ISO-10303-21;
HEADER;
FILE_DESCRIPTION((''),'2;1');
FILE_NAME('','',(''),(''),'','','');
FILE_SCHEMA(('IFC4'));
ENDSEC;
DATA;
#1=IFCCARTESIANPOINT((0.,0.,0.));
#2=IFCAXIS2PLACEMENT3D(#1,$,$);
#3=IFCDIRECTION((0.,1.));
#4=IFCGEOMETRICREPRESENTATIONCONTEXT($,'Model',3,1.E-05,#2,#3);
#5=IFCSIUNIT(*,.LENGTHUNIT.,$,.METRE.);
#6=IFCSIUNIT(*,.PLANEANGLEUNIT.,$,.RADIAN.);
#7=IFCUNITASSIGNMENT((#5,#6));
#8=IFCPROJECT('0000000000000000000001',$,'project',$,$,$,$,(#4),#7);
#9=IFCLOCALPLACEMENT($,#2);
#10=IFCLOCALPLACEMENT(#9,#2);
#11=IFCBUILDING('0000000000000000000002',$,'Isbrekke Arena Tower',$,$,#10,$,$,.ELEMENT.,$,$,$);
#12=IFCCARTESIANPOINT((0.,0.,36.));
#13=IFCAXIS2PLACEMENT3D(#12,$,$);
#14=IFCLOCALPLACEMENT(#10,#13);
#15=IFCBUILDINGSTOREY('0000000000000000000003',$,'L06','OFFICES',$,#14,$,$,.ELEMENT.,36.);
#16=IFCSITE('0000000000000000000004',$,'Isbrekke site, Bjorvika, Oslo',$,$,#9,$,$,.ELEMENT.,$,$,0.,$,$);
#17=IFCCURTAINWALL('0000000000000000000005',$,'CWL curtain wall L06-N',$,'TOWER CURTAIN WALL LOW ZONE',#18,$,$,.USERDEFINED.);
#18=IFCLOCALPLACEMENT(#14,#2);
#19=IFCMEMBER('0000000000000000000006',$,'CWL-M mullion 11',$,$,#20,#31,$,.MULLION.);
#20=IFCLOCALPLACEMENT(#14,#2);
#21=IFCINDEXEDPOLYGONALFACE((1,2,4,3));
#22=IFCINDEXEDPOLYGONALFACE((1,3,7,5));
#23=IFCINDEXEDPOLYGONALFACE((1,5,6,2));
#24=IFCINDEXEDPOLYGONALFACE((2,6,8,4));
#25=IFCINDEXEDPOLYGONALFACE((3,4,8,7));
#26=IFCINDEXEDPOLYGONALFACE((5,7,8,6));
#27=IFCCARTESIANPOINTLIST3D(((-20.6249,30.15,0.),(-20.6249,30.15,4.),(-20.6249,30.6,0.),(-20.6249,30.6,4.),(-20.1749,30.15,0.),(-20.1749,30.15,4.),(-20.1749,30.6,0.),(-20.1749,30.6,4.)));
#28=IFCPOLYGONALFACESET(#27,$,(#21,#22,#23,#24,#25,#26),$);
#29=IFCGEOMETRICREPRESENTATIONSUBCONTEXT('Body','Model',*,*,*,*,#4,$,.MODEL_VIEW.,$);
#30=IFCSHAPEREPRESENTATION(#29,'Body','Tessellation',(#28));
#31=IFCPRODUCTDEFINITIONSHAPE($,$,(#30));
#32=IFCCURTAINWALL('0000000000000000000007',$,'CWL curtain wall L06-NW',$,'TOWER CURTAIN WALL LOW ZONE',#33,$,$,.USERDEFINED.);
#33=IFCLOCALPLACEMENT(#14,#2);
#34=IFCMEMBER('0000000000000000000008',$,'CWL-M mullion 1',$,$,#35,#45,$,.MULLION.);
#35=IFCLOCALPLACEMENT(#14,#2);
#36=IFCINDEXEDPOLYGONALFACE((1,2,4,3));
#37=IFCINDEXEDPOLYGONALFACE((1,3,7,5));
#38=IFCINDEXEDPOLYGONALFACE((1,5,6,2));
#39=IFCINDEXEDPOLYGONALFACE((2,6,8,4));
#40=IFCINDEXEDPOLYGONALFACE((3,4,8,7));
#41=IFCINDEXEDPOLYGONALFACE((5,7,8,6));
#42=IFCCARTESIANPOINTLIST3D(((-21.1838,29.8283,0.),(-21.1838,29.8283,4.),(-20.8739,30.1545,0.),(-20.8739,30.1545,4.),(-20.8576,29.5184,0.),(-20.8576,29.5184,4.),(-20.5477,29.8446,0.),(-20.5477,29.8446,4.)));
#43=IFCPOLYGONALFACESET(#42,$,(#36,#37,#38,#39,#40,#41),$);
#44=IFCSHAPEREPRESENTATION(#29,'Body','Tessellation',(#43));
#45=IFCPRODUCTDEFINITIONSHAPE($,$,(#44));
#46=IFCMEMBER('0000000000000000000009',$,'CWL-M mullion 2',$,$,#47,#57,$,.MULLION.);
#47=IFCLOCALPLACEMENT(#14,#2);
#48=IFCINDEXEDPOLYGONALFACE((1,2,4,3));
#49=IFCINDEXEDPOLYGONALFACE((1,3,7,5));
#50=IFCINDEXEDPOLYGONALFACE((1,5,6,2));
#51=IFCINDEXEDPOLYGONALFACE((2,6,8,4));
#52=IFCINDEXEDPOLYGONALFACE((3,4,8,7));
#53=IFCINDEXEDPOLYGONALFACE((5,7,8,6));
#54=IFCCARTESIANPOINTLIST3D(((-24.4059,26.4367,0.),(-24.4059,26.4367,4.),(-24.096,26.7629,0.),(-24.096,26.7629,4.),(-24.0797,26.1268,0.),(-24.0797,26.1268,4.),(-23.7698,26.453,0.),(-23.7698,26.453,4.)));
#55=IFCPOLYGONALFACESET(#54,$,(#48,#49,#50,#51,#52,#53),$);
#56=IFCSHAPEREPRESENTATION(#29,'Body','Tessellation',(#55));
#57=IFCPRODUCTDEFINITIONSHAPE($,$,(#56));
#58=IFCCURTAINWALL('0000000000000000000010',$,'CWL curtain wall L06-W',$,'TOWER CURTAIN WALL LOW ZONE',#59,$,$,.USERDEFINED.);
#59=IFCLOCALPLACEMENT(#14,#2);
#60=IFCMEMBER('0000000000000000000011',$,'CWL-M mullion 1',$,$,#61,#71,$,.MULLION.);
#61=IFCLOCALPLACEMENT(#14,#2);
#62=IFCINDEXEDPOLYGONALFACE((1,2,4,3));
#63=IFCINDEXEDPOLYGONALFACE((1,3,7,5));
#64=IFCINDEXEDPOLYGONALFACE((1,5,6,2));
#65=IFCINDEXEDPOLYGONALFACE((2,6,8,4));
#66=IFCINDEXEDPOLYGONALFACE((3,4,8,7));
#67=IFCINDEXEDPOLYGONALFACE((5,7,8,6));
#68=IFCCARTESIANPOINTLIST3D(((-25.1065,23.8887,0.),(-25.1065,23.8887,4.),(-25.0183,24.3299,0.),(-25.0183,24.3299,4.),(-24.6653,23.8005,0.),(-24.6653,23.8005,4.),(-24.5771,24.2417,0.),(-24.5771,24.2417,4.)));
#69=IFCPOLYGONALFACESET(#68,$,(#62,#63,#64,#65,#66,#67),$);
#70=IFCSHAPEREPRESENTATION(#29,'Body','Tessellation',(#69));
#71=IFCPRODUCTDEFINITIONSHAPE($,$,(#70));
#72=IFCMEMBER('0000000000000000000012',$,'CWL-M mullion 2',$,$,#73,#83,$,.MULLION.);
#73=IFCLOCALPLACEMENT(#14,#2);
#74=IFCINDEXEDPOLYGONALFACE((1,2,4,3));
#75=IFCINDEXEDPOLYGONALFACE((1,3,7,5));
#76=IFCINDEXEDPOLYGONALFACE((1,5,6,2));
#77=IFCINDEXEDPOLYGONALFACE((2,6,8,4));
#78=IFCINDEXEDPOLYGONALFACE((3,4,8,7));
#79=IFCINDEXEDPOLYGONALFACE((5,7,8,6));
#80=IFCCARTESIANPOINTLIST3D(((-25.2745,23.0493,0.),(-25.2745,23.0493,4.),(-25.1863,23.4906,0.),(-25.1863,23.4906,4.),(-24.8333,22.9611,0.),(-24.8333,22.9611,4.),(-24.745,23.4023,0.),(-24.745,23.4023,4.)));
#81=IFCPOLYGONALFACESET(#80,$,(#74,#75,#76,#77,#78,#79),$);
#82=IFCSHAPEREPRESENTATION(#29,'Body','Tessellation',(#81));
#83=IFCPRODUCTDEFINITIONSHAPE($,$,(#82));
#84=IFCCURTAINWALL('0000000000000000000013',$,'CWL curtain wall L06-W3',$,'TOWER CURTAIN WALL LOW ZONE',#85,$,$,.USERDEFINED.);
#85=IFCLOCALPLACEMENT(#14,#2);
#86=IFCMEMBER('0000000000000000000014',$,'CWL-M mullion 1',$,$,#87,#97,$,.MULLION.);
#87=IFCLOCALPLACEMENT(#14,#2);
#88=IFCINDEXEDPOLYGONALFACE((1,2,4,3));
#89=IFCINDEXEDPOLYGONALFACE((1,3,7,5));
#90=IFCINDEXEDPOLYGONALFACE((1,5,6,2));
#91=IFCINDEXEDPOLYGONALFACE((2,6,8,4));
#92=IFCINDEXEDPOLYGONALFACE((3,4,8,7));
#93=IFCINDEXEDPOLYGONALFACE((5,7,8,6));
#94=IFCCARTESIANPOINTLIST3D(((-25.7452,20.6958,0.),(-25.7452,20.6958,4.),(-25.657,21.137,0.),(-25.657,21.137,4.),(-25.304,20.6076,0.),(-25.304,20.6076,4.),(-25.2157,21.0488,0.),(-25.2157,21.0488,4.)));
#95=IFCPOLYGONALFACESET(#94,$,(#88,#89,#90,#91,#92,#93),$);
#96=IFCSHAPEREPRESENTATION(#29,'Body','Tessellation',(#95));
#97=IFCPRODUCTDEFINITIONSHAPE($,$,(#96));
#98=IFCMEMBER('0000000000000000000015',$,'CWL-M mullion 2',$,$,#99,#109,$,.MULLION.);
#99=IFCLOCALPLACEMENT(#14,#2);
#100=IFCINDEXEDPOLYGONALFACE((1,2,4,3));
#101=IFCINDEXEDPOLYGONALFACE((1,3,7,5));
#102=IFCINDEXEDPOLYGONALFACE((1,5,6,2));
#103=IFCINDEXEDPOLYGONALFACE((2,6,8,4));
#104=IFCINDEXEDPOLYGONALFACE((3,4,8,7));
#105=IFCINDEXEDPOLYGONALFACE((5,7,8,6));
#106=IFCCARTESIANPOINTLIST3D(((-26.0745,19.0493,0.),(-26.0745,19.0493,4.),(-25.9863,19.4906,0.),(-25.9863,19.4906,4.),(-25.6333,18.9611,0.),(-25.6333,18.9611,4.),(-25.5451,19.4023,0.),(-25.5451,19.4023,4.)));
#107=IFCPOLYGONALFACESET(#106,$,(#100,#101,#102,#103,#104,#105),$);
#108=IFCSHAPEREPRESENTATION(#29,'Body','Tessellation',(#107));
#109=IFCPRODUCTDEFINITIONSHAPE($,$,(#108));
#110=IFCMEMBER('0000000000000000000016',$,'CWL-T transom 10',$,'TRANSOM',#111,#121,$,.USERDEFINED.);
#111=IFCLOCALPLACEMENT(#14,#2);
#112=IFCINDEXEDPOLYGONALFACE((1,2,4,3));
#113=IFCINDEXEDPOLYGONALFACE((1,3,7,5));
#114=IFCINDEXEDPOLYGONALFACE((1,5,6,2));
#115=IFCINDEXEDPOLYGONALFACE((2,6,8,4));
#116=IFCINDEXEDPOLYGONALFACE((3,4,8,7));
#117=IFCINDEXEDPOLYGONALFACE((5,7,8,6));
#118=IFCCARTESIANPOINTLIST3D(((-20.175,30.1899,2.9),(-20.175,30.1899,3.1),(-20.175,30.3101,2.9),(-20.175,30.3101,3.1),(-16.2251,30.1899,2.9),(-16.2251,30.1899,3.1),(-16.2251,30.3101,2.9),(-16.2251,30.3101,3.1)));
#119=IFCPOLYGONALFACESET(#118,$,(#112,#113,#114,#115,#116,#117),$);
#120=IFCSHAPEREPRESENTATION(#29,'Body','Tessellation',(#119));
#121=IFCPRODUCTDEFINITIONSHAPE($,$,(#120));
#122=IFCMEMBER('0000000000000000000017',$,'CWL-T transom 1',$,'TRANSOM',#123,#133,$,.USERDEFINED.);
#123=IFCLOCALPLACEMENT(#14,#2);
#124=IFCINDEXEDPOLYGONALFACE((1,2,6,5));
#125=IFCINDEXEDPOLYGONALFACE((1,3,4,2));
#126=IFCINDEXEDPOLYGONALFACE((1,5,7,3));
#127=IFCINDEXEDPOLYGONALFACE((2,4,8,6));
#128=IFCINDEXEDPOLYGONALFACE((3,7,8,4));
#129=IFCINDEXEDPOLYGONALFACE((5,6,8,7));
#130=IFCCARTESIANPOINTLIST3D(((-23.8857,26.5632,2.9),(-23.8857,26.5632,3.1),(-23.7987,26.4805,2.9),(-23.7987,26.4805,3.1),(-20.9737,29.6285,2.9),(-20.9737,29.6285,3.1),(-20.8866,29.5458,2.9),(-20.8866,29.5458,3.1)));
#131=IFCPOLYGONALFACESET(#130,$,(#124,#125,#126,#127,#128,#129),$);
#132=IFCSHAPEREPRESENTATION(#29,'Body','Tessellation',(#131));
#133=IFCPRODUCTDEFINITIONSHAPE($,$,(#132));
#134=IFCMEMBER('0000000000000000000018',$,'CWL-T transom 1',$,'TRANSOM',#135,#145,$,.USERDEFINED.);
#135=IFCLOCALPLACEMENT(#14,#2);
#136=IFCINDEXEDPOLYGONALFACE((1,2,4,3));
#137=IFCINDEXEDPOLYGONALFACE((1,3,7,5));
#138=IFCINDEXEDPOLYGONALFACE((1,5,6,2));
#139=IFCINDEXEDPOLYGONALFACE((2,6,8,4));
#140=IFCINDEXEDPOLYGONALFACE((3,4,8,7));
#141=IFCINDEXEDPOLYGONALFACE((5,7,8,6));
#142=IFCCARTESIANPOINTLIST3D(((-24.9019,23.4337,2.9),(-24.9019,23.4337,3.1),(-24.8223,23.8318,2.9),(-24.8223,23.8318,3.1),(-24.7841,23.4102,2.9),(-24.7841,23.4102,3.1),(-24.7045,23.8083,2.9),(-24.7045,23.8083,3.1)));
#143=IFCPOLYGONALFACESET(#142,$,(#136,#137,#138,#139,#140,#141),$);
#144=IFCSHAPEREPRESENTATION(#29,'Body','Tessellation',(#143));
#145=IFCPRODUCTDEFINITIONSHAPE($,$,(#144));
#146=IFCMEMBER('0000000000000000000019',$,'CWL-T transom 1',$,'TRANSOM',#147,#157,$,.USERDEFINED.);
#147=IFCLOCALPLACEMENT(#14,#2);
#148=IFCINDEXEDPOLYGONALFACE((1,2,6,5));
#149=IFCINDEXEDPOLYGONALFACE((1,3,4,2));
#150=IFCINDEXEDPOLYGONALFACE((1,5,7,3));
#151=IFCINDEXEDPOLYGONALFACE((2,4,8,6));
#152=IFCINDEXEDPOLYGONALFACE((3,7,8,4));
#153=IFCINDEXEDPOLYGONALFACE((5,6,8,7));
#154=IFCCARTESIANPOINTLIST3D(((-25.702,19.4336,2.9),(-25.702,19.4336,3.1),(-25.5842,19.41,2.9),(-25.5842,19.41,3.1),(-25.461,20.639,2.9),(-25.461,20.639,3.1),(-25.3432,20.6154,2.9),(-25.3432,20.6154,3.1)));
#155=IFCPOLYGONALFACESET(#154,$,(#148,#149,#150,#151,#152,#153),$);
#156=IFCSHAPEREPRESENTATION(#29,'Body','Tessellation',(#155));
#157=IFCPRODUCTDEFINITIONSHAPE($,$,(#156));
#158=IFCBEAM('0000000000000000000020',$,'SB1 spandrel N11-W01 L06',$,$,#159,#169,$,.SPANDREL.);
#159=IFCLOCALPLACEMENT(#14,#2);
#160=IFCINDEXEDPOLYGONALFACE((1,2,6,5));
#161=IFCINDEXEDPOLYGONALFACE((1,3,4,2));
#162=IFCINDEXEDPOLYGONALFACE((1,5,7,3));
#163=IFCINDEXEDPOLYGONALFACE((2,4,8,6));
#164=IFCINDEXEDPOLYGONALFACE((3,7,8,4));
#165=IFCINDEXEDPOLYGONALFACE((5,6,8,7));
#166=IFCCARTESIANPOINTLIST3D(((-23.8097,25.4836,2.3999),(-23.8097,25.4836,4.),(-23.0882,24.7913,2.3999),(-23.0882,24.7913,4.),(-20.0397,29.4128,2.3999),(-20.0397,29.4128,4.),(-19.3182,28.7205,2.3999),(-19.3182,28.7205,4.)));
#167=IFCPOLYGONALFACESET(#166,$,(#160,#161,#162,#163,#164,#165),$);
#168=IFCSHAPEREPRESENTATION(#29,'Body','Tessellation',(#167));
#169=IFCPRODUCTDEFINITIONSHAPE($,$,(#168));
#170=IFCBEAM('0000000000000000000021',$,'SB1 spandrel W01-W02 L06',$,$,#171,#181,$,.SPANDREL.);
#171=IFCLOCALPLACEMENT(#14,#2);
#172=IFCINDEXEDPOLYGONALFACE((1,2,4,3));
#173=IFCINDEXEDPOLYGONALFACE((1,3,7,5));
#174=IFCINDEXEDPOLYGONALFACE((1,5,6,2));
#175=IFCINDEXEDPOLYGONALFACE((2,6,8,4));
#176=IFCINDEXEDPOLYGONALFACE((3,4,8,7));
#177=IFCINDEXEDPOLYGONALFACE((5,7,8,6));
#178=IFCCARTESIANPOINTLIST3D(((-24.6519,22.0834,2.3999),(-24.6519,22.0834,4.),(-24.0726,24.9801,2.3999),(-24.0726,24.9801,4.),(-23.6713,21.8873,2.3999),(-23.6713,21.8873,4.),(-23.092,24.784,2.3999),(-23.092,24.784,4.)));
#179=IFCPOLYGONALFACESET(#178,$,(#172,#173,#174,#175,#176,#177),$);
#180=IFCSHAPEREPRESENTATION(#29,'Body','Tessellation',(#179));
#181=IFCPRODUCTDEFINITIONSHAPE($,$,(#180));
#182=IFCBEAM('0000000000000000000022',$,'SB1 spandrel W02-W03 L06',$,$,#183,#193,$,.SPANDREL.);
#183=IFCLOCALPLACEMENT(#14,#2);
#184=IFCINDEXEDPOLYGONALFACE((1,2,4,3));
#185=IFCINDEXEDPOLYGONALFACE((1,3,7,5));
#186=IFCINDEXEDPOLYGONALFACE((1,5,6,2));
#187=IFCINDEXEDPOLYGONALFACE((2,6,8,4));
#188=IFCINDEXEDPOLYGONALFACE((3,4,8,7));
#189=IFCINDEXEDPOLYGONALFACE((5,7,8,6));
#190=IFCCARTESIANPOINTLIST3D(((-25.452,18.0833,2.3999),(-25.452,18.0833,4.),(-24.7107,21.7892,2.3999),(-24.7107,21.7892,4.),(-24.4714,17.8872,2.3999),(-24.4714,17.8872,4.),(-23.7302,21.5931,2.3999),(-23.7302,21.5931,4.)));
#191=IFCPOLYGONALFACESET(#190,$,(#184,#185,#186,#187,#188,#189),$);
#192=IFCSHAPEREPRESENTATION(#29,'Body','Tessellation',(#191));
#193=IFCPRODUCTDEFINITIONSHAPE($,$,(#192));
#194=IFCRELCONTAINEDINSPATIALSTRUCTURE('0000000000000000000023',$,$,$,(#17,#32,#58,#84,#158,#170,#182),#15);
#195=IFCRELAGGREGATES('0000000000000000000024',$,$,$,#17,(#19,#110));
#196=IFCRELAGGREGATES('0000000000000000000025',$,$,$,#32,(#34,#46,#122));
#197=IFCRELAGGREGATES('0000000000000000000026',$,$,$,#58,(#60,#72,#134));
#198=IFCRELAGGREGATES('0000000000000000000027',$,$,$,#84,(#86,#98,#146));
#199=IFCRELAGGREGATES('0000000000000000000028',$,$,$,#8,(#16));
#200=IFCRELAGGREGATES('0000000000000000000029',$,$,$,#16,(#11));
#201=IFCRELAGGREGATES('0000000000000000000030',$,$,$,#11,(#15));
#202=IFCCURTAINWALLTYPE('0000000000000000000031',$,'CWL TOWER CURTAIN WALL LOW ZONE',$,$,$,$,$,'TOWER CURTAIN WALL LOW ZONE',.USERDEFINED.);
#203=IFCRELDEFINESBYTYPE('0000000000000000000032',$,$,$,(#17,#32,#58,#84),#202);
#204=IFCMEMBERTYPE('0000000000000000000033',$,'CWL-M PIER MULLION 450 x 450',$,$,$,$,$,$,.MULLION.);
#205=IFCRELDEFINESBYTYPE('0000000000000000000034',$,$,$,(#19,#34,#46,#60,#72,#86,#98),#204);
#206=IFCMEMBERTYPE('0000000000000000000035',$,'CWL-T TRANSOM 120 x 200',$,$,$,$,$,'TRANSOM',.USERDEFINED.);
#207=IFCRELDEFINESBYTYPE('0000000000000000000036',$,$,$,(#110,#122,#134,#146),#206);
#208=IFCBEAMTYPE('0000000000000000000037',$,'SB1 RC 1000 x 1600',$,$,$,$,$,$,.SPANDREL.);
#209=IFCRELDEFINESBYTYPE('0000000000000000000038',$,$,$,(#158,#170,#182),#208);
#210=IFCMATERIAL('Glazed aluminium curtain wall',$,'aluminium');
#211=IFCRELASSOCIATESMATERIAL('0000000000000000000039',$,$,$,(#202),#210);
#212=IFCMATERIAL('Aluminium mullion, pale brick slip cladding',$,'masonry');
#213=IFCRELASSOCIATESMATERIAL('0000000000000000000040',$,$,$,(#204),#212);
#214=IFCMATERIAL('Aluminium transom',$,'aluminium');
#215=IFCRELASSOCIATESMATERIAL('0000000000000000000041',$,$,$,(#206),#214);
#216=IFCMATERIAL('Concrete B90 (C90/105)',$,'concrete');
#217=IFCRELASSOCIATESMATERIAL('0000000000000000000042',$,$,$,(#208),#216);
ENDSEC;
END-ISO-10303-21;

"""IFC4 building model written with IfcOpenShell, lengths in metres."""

from ifc_helpers import new_model, si_unit, direction, frame, origin, origin_2d, place, context, subcontext, project, spatial, rectangle, extrude, material, material_profile, profile_set, type_object, element, aggregate, save


model = new_model("IFC4")

# Units and contexts
model_context = context("Model", 3, precision=1e-05, world=origin(), true_north=direction((0.0, 1.0)))
body_context = subcontext(model_context, "Body", "Model", "MODEL_VIEW")
ifc_project = project(units=[si_unit("LENGTHUNIT", "METRE"), si_unit("PLANEANGLEUNIT", "RADIAN")], contexts=[model_context])

# Site, building, storey
site_placement = place(None, origin())
site = spatial("IfcSite", under=ifc_project, at=site_placement, Name="Isbrekke site, Bjorvika, Oslo", CompositionType="ELEMENT", RefElevation=0.0)
building_placement = place(site_placement, origin())
building = spatial("IfcBuilding", under=site, at=building_placement, Name="Isbrekke Arena Tower", CompositionType="ELEMENT")
storey_placement = place(building_placement, frame((0.0, 0.0, 36.0)))
storey = spatial("IfcBuildingStorey", under=building, at=storey_placement, Name="L06", Description="OFFICES", CompositionType="ELEMENT", Elevation=36.0)

# Curtain wall, member
ifc_material_1 = material(Name="Glazed aluminium curtain wall", Category="aluminium")
curtain_wall_type = type_object("IfcCurtainWallType", Name="CWL TOWER CURTAIN WALL LOW ZONE", ElementType="TOWER CURTAIN WALL LOW ZONE", PredefinedType="USERDEFINED", material=ifc_material_1)
curtain_wall_1_placement = place(storey_placement, origin())
curtain_wall_1 = element("IfcCurtainWall", 1, at=curtain_wall_1_placement, inside=storey, type_object=curtain_wall_type, Name="CWL curtain wall L06-N", ObjectType="TOWER CURTAIN WALL LOW ZONE", PredefinedType="USERDEFINED")
ifc_material_2 = material(Name="Aluminium mullion, pale brick slip cladding", Category="masonry")
ifc_material_profile_1 = material_profile(ifc_material_2, rectangle(XDim=0.45, YDim=0.45, at=origin_2d()), Name="PIER 450X450")
ifc_profile_set_1 = profile_set([ifc_material_profile_1], Name="Aluminium mullion, pale brick slip cladding")
member_type_1 = type_object("IfcMemberType", Name="CWL-M PIER MULLION 450 x 450", PredefinedType="MULLION", material=ifc_profile_set_1)
member_1_placement = place(storey_placement, frame((-20.3999, 30.375, 0.0), z_axis=(0.0, 0.0, 1.0), x_axis=(-1.0, 0.0, 0.0)))
member_1 = element("IfcMember", 2, at=member_1_placement, type_object=member_type_1, Name="CWL-M mullion 11", PredefinedType="MULLION", context=body_context, shape_type="SweptSolid", body=[
    extrude(rectangle(XDim=0.45, YDim=0.45, at=origin_2d()), origin(), (0.0, 0.0, 1.0), 4.0),
])

# Curtain walls, members
curtain_wall_2_placement = place(storey_placement, origin())
curtain_wall_2 = element("IfcCurtainWall", 3, at=curtain_wall_2_placement, inside=storey, type_object=curtain_wall_type, Name="CWL curtain wall L06-NW", ObjectType="TOWER CURTAIN WALL LOW ZONE", PredefinedType="USERDEFINED")
member_2_placement = place(storey_placement, frame((-20.8657, 29.8364, 0.0), z_axis=(0.0, 0.0, 1.0), x_axis=(-0.688749, -0.724999, 0.0)))
member_2 = element("IfcMember", 4, at=member_2_placement, type_object=member_type_1, Name="CWL-M mullion 1", PredefinedType="MULLION", context=body_context, shape_type="SweptSolid", body=[
    extrude(rectangle(XDim=0.45, YDim=0.45, at=origin_2d()), origin(), (0.0, 0.0, 1.0), 4.0),
])
member_3_placement = place(storey_placement, frame((-24.0879, 26.4448, 0.0), z_axis=(0.0, 0.0, 1.0), x_axis=(-0.688749, -0.724999, 0.0)))
member_3 = element("IfcMember", 5, at=member_3_placement, type_object=member_type_1, Name="CWL-M mullion 2", PredefinedType="MULLION", context=body_context, shape_type="SweptSolid", body=[
    extrude(rectangle(XDim=0.45, YDim=0.45, at=origin_2d()), origin(), (0.0, 0.0, 1.0), 4.0),
])
curtain_wall_3_placement = place(storey_placement, origin())
curtain_wall_3 = element("IfcCurtainWall", 6, at=curtain_wall_3_placement, inside=storey, type_object=curtain_wall_type, Name="CWL curtain wall L06-W", ObjectType="TOWER CURTAIN WALL LOW ZONE", PredefinedType="USERDEFINED")
member_4_placement = place(storey_placement, frame((-24.8418, 24.0652, 0.0), z_axis=(0.0, 0.0, 1.0), x_axis=(-0.196116, -0.980581, 0.0)))
member_4 = element("IfcMember", 7, at=member_4_placement, type_object=member_type_1, Name="CWL-M mullion 1", PredefinedType="MULLION", context=body_context, shape_type="SweptSolid", body=[
    extrude(rectangle(XDim=0.45, YDim=0.45, at=origin_2d()), origin(), (0.0, 0.0, 1.0), 4.0),
])
member_5_placement = place(storey_placement, frame((-25.0098, 23.2258, 0.0), z_axis=(0.0, 0.0, 1.0), x_axis=(-0.196116, -0.980581, 0.0)))
member_5 = element("IfcMember", 8, at=member_5_placement, type_object=member_type_1, Name="CWL-M mullion 2", PredefinedType="MULLION", context=body_context, shape_type="SweptSolid", body=[
    extrude(rectangle(XDim=0.45, YDim=0.45, at=origin_2d()), origin(), (0.0, 0.0, 1.0), 4.0),
])
curtain_wall_4_placement = place(storey_placement, origin())
curtain_wall_4 = element("IfcCurtainWall", 9, at=curtain_wall_4_placement, inside=storey, type_object=curtain_wall_type, Name="CWL curtain wall L06-W3", ObjectType="TOWER CURTAIN WALL LOW ZONE", PredefinedType="USERDEFINED")
member_6_placement = place(storey_placement, frame((-25.4805, 20.8723, 0.0), z_axis=(0.0, 0.0, 1.0), x_axis=(-0.196116, -0.980581, 0.0)))
member_6 = element("IfcMember", 10, at=member_6_placement, type_object=member_type_1, Name="CWL-M mullion 1", PredefinedType="MULLION", context=body_context, shape_type="SweptSolid", body=[
    extrude(rectangle(XDim=0.45, YDim=0.45, at=origin_2d()), origin(), (0.0, 0.0, 1.0), 4.0),
])
member_7_placement = place(storey_placement, frame((-25.8098, 19.2258, 0.0), z_axis=(0.0, 0.0, 1.0), x_axis=(-0.196116, -0.980581, 0.0)))
member_7 = element("IfcMember", 11, at=member_7_placement, type_object=member_type_1, Name="CWL-M mullion 2", PredefinedType="MULLION", context=body_context, shape_type="SweptSolid", body=[
    extrude(rectangle(XDim=0.45, YDim=0.45, at=origin_2d()), origin(), (0.0, 0.0, 1.0), 4.0),
])

# Members
ifc_material_3 = material(Name="Aluminium transom", Category="aluminium")
ifc_material_profile_2 = material_profile(ifc_material_3, rectangle(XDim=0.1201, YDim=0.2, at=origin_2d()), Name="TRANSOM 120X200")
ifc_profile_set_2 = profile_set([ifc_material_profile_2], Name="Aluminium transom")
member_type_2 = type_object("IfcMemberType", Name="CWL-T TRANSOM 120 x 200", ElementType="TRANSOM", PredefinedType="USERDEFINED", material=ifc_profile_set_2)
member_8_placement = place(storey_placement, frame((-16.2251, 30.25, 3.0), z_axis=(-1.0, 0.0, 0.0), x_axis=(0.0, -1.0, 0.0)))
member_8 = element("IfcMember", 12, at=member_8_placement, type_object=member_type_2, Name="CWL-T transom 10", ObjectType="TRANSOM", PredefinedType="USERDEFINED", context=body_context, shape_type="SweptSolid", body=[
    extrude(rectangle(XDim=0.1201, YDim=0.2, at=origin_2d()), origin(), (0.0, 0.0, 1.0), 3.95),
])
member_9_placement = place(storey_placement, frame((-20.9302, 29.5872, 3.0), z_axis=(-0.688743, -0.725005, 0.0), x_axis=(0.725005, -0.688743, 0.0)))
member_9 = element("IfcMember", 13, at=member_9_placement, type_object=member_type_2, Name="CWL-T transom 1", ObjectType="TRANSOM", PredefinedType="USERDEFINED", context=body_context, shape_type="SweptSolid", body=[
    extrude(rectangle(XDim=0.1201, YDim=0.2, at=origin_2d()), origin(), (0.0, 0.0, 1.0), 4.228),
])
member_10_placement = place(storey_placement, frame((-24.7634, 23.8201, 3.0), z_axis=(-0.196001, -0.980604, 0.0), x_axis=(0.980604, -0.196001, 0.0)))
member_10 = element("IfcMember", 14, at=member_10_placement, type_object=member_type_2, Name="CWL-T transom 1", ObjectType="TRANSOM", PredefinedType="USERDEFINED", context=body_context, shape_type="SweptSolid", body=[
    extrude(rectangle(XDim=0.1201, YDim=0.2, at=origin_2d()), origin(), (0.0, 0.0, 1.0), 0.406),
])
member_11_placement = place(storey_placement, frame((-25.4021, 20.6272, 3.0), z_axis=(-0.19604, -0.980596, 0.0), x_axis=(0.980596, -0.19604, 0.0)))
member_11 = element("IfcMember", 15, at=member_11_placement, type_object=member_type_2, Name="CWL-T transom 1", ObjectType="TRANSOM", PredefinedType="USERDEFINED", context=body_context, shape_type="SweptSolid", body=[
    extrude(rectangle(XDim=0.1201, YDim=0.2, at=origin_2d()), origin(), (0.0, 0.0, 1.0), 1.2292),
])

# Beams
ifc_material_4 = material(Name="Concrete B90 (C90/105)", Category="concrete")
ifc_material_profile_3 = material_profile(ifc_material_4, rectangle(XDim=1.0, YDim=1.6001, at=origin_2d()), Name="RC 1000x1600")
ifc_profile_set_3 = profile_set([ifc_material_profile_3], Name="Concrete B90 (C90/105)")
beam_type_1 = type_object("IfcBeamType", Name="SB1 RC 1000 x 1600", PredefinedType="SPANDREL", material=ifc_profile_set_3)
beam_1_placement = place(storey_placement, frame((-19.679, 29.0667, 3.2), z_axis=(-0.69234, -0.721572, 0.0), x_axis=(0.721572, -0.69234, 0.0)))
element("IfcBeam", 16, at=beam_1_placement, inside=storey, type_object=beam_type_1, Name="SB1 spandrel N11-W01 L06", PredefinedType="SPANDREL", context=body_context, shape_type="SweptSolid", body=[
    extrude(rectangle(XDim=1.0, YDim=1.6001, at=origin_2d()), origin(), (0.0, 0.0, 1.0), 5.4453),
])
beam_2_placement = place(storey_placement, frame((-23.5823, 24.8821, 3.2), z_axis=(-0.196116, -0.980581, 0.0), x_axis=(0.980581, -0.196116, 0.0)))
element("IfcBeam", 17, at=beam_2_placement, inside=storey, type_object=beam_type_1, Name="SB1 spandrel W01-W02 L06", PredefinedType="SPANDREL", context=body_context, shape_type="SweptSolid", body=[
    extrude(rectangle(XDim=1.0, YDim=1.6001, at=origin_2d()), origin(), (0.0, 0.0, 1.0), 2.9541),
])
beam_3_placement = place(storey_placement, frame((-24.2205, 21.6912, 3.2), z_axis=(-0.196129, -0.980578, 0.0), x_axis=(0.980578, -0.196129, 0.0)))
element("IfcBeam", 18, at=beam_3_placement, inside=storey, type_object=beam_type_1, Name="SB1 spandrel W02-W03 L06", PredefinedType="SPANDREL", context=body_context, shape_type="SweptSolid", body=[
    extrude(rectangle(XDim=1.0, YDim=1.6001, at=origin_2d()), origin(), (0.0, 0.0, 1.0), 3.7793),
])

aggregate(curtain_wall_1, [member_1, member_8])
aggregate(curtain_wall_2, [member_2, member_3, member_9])
aggregate(curtain_wall_3, [member_4, member_5, member_10])
aggregate(curtain_wall_4, [member_6, member_7, member_11])

save(model, "model.ifc")
